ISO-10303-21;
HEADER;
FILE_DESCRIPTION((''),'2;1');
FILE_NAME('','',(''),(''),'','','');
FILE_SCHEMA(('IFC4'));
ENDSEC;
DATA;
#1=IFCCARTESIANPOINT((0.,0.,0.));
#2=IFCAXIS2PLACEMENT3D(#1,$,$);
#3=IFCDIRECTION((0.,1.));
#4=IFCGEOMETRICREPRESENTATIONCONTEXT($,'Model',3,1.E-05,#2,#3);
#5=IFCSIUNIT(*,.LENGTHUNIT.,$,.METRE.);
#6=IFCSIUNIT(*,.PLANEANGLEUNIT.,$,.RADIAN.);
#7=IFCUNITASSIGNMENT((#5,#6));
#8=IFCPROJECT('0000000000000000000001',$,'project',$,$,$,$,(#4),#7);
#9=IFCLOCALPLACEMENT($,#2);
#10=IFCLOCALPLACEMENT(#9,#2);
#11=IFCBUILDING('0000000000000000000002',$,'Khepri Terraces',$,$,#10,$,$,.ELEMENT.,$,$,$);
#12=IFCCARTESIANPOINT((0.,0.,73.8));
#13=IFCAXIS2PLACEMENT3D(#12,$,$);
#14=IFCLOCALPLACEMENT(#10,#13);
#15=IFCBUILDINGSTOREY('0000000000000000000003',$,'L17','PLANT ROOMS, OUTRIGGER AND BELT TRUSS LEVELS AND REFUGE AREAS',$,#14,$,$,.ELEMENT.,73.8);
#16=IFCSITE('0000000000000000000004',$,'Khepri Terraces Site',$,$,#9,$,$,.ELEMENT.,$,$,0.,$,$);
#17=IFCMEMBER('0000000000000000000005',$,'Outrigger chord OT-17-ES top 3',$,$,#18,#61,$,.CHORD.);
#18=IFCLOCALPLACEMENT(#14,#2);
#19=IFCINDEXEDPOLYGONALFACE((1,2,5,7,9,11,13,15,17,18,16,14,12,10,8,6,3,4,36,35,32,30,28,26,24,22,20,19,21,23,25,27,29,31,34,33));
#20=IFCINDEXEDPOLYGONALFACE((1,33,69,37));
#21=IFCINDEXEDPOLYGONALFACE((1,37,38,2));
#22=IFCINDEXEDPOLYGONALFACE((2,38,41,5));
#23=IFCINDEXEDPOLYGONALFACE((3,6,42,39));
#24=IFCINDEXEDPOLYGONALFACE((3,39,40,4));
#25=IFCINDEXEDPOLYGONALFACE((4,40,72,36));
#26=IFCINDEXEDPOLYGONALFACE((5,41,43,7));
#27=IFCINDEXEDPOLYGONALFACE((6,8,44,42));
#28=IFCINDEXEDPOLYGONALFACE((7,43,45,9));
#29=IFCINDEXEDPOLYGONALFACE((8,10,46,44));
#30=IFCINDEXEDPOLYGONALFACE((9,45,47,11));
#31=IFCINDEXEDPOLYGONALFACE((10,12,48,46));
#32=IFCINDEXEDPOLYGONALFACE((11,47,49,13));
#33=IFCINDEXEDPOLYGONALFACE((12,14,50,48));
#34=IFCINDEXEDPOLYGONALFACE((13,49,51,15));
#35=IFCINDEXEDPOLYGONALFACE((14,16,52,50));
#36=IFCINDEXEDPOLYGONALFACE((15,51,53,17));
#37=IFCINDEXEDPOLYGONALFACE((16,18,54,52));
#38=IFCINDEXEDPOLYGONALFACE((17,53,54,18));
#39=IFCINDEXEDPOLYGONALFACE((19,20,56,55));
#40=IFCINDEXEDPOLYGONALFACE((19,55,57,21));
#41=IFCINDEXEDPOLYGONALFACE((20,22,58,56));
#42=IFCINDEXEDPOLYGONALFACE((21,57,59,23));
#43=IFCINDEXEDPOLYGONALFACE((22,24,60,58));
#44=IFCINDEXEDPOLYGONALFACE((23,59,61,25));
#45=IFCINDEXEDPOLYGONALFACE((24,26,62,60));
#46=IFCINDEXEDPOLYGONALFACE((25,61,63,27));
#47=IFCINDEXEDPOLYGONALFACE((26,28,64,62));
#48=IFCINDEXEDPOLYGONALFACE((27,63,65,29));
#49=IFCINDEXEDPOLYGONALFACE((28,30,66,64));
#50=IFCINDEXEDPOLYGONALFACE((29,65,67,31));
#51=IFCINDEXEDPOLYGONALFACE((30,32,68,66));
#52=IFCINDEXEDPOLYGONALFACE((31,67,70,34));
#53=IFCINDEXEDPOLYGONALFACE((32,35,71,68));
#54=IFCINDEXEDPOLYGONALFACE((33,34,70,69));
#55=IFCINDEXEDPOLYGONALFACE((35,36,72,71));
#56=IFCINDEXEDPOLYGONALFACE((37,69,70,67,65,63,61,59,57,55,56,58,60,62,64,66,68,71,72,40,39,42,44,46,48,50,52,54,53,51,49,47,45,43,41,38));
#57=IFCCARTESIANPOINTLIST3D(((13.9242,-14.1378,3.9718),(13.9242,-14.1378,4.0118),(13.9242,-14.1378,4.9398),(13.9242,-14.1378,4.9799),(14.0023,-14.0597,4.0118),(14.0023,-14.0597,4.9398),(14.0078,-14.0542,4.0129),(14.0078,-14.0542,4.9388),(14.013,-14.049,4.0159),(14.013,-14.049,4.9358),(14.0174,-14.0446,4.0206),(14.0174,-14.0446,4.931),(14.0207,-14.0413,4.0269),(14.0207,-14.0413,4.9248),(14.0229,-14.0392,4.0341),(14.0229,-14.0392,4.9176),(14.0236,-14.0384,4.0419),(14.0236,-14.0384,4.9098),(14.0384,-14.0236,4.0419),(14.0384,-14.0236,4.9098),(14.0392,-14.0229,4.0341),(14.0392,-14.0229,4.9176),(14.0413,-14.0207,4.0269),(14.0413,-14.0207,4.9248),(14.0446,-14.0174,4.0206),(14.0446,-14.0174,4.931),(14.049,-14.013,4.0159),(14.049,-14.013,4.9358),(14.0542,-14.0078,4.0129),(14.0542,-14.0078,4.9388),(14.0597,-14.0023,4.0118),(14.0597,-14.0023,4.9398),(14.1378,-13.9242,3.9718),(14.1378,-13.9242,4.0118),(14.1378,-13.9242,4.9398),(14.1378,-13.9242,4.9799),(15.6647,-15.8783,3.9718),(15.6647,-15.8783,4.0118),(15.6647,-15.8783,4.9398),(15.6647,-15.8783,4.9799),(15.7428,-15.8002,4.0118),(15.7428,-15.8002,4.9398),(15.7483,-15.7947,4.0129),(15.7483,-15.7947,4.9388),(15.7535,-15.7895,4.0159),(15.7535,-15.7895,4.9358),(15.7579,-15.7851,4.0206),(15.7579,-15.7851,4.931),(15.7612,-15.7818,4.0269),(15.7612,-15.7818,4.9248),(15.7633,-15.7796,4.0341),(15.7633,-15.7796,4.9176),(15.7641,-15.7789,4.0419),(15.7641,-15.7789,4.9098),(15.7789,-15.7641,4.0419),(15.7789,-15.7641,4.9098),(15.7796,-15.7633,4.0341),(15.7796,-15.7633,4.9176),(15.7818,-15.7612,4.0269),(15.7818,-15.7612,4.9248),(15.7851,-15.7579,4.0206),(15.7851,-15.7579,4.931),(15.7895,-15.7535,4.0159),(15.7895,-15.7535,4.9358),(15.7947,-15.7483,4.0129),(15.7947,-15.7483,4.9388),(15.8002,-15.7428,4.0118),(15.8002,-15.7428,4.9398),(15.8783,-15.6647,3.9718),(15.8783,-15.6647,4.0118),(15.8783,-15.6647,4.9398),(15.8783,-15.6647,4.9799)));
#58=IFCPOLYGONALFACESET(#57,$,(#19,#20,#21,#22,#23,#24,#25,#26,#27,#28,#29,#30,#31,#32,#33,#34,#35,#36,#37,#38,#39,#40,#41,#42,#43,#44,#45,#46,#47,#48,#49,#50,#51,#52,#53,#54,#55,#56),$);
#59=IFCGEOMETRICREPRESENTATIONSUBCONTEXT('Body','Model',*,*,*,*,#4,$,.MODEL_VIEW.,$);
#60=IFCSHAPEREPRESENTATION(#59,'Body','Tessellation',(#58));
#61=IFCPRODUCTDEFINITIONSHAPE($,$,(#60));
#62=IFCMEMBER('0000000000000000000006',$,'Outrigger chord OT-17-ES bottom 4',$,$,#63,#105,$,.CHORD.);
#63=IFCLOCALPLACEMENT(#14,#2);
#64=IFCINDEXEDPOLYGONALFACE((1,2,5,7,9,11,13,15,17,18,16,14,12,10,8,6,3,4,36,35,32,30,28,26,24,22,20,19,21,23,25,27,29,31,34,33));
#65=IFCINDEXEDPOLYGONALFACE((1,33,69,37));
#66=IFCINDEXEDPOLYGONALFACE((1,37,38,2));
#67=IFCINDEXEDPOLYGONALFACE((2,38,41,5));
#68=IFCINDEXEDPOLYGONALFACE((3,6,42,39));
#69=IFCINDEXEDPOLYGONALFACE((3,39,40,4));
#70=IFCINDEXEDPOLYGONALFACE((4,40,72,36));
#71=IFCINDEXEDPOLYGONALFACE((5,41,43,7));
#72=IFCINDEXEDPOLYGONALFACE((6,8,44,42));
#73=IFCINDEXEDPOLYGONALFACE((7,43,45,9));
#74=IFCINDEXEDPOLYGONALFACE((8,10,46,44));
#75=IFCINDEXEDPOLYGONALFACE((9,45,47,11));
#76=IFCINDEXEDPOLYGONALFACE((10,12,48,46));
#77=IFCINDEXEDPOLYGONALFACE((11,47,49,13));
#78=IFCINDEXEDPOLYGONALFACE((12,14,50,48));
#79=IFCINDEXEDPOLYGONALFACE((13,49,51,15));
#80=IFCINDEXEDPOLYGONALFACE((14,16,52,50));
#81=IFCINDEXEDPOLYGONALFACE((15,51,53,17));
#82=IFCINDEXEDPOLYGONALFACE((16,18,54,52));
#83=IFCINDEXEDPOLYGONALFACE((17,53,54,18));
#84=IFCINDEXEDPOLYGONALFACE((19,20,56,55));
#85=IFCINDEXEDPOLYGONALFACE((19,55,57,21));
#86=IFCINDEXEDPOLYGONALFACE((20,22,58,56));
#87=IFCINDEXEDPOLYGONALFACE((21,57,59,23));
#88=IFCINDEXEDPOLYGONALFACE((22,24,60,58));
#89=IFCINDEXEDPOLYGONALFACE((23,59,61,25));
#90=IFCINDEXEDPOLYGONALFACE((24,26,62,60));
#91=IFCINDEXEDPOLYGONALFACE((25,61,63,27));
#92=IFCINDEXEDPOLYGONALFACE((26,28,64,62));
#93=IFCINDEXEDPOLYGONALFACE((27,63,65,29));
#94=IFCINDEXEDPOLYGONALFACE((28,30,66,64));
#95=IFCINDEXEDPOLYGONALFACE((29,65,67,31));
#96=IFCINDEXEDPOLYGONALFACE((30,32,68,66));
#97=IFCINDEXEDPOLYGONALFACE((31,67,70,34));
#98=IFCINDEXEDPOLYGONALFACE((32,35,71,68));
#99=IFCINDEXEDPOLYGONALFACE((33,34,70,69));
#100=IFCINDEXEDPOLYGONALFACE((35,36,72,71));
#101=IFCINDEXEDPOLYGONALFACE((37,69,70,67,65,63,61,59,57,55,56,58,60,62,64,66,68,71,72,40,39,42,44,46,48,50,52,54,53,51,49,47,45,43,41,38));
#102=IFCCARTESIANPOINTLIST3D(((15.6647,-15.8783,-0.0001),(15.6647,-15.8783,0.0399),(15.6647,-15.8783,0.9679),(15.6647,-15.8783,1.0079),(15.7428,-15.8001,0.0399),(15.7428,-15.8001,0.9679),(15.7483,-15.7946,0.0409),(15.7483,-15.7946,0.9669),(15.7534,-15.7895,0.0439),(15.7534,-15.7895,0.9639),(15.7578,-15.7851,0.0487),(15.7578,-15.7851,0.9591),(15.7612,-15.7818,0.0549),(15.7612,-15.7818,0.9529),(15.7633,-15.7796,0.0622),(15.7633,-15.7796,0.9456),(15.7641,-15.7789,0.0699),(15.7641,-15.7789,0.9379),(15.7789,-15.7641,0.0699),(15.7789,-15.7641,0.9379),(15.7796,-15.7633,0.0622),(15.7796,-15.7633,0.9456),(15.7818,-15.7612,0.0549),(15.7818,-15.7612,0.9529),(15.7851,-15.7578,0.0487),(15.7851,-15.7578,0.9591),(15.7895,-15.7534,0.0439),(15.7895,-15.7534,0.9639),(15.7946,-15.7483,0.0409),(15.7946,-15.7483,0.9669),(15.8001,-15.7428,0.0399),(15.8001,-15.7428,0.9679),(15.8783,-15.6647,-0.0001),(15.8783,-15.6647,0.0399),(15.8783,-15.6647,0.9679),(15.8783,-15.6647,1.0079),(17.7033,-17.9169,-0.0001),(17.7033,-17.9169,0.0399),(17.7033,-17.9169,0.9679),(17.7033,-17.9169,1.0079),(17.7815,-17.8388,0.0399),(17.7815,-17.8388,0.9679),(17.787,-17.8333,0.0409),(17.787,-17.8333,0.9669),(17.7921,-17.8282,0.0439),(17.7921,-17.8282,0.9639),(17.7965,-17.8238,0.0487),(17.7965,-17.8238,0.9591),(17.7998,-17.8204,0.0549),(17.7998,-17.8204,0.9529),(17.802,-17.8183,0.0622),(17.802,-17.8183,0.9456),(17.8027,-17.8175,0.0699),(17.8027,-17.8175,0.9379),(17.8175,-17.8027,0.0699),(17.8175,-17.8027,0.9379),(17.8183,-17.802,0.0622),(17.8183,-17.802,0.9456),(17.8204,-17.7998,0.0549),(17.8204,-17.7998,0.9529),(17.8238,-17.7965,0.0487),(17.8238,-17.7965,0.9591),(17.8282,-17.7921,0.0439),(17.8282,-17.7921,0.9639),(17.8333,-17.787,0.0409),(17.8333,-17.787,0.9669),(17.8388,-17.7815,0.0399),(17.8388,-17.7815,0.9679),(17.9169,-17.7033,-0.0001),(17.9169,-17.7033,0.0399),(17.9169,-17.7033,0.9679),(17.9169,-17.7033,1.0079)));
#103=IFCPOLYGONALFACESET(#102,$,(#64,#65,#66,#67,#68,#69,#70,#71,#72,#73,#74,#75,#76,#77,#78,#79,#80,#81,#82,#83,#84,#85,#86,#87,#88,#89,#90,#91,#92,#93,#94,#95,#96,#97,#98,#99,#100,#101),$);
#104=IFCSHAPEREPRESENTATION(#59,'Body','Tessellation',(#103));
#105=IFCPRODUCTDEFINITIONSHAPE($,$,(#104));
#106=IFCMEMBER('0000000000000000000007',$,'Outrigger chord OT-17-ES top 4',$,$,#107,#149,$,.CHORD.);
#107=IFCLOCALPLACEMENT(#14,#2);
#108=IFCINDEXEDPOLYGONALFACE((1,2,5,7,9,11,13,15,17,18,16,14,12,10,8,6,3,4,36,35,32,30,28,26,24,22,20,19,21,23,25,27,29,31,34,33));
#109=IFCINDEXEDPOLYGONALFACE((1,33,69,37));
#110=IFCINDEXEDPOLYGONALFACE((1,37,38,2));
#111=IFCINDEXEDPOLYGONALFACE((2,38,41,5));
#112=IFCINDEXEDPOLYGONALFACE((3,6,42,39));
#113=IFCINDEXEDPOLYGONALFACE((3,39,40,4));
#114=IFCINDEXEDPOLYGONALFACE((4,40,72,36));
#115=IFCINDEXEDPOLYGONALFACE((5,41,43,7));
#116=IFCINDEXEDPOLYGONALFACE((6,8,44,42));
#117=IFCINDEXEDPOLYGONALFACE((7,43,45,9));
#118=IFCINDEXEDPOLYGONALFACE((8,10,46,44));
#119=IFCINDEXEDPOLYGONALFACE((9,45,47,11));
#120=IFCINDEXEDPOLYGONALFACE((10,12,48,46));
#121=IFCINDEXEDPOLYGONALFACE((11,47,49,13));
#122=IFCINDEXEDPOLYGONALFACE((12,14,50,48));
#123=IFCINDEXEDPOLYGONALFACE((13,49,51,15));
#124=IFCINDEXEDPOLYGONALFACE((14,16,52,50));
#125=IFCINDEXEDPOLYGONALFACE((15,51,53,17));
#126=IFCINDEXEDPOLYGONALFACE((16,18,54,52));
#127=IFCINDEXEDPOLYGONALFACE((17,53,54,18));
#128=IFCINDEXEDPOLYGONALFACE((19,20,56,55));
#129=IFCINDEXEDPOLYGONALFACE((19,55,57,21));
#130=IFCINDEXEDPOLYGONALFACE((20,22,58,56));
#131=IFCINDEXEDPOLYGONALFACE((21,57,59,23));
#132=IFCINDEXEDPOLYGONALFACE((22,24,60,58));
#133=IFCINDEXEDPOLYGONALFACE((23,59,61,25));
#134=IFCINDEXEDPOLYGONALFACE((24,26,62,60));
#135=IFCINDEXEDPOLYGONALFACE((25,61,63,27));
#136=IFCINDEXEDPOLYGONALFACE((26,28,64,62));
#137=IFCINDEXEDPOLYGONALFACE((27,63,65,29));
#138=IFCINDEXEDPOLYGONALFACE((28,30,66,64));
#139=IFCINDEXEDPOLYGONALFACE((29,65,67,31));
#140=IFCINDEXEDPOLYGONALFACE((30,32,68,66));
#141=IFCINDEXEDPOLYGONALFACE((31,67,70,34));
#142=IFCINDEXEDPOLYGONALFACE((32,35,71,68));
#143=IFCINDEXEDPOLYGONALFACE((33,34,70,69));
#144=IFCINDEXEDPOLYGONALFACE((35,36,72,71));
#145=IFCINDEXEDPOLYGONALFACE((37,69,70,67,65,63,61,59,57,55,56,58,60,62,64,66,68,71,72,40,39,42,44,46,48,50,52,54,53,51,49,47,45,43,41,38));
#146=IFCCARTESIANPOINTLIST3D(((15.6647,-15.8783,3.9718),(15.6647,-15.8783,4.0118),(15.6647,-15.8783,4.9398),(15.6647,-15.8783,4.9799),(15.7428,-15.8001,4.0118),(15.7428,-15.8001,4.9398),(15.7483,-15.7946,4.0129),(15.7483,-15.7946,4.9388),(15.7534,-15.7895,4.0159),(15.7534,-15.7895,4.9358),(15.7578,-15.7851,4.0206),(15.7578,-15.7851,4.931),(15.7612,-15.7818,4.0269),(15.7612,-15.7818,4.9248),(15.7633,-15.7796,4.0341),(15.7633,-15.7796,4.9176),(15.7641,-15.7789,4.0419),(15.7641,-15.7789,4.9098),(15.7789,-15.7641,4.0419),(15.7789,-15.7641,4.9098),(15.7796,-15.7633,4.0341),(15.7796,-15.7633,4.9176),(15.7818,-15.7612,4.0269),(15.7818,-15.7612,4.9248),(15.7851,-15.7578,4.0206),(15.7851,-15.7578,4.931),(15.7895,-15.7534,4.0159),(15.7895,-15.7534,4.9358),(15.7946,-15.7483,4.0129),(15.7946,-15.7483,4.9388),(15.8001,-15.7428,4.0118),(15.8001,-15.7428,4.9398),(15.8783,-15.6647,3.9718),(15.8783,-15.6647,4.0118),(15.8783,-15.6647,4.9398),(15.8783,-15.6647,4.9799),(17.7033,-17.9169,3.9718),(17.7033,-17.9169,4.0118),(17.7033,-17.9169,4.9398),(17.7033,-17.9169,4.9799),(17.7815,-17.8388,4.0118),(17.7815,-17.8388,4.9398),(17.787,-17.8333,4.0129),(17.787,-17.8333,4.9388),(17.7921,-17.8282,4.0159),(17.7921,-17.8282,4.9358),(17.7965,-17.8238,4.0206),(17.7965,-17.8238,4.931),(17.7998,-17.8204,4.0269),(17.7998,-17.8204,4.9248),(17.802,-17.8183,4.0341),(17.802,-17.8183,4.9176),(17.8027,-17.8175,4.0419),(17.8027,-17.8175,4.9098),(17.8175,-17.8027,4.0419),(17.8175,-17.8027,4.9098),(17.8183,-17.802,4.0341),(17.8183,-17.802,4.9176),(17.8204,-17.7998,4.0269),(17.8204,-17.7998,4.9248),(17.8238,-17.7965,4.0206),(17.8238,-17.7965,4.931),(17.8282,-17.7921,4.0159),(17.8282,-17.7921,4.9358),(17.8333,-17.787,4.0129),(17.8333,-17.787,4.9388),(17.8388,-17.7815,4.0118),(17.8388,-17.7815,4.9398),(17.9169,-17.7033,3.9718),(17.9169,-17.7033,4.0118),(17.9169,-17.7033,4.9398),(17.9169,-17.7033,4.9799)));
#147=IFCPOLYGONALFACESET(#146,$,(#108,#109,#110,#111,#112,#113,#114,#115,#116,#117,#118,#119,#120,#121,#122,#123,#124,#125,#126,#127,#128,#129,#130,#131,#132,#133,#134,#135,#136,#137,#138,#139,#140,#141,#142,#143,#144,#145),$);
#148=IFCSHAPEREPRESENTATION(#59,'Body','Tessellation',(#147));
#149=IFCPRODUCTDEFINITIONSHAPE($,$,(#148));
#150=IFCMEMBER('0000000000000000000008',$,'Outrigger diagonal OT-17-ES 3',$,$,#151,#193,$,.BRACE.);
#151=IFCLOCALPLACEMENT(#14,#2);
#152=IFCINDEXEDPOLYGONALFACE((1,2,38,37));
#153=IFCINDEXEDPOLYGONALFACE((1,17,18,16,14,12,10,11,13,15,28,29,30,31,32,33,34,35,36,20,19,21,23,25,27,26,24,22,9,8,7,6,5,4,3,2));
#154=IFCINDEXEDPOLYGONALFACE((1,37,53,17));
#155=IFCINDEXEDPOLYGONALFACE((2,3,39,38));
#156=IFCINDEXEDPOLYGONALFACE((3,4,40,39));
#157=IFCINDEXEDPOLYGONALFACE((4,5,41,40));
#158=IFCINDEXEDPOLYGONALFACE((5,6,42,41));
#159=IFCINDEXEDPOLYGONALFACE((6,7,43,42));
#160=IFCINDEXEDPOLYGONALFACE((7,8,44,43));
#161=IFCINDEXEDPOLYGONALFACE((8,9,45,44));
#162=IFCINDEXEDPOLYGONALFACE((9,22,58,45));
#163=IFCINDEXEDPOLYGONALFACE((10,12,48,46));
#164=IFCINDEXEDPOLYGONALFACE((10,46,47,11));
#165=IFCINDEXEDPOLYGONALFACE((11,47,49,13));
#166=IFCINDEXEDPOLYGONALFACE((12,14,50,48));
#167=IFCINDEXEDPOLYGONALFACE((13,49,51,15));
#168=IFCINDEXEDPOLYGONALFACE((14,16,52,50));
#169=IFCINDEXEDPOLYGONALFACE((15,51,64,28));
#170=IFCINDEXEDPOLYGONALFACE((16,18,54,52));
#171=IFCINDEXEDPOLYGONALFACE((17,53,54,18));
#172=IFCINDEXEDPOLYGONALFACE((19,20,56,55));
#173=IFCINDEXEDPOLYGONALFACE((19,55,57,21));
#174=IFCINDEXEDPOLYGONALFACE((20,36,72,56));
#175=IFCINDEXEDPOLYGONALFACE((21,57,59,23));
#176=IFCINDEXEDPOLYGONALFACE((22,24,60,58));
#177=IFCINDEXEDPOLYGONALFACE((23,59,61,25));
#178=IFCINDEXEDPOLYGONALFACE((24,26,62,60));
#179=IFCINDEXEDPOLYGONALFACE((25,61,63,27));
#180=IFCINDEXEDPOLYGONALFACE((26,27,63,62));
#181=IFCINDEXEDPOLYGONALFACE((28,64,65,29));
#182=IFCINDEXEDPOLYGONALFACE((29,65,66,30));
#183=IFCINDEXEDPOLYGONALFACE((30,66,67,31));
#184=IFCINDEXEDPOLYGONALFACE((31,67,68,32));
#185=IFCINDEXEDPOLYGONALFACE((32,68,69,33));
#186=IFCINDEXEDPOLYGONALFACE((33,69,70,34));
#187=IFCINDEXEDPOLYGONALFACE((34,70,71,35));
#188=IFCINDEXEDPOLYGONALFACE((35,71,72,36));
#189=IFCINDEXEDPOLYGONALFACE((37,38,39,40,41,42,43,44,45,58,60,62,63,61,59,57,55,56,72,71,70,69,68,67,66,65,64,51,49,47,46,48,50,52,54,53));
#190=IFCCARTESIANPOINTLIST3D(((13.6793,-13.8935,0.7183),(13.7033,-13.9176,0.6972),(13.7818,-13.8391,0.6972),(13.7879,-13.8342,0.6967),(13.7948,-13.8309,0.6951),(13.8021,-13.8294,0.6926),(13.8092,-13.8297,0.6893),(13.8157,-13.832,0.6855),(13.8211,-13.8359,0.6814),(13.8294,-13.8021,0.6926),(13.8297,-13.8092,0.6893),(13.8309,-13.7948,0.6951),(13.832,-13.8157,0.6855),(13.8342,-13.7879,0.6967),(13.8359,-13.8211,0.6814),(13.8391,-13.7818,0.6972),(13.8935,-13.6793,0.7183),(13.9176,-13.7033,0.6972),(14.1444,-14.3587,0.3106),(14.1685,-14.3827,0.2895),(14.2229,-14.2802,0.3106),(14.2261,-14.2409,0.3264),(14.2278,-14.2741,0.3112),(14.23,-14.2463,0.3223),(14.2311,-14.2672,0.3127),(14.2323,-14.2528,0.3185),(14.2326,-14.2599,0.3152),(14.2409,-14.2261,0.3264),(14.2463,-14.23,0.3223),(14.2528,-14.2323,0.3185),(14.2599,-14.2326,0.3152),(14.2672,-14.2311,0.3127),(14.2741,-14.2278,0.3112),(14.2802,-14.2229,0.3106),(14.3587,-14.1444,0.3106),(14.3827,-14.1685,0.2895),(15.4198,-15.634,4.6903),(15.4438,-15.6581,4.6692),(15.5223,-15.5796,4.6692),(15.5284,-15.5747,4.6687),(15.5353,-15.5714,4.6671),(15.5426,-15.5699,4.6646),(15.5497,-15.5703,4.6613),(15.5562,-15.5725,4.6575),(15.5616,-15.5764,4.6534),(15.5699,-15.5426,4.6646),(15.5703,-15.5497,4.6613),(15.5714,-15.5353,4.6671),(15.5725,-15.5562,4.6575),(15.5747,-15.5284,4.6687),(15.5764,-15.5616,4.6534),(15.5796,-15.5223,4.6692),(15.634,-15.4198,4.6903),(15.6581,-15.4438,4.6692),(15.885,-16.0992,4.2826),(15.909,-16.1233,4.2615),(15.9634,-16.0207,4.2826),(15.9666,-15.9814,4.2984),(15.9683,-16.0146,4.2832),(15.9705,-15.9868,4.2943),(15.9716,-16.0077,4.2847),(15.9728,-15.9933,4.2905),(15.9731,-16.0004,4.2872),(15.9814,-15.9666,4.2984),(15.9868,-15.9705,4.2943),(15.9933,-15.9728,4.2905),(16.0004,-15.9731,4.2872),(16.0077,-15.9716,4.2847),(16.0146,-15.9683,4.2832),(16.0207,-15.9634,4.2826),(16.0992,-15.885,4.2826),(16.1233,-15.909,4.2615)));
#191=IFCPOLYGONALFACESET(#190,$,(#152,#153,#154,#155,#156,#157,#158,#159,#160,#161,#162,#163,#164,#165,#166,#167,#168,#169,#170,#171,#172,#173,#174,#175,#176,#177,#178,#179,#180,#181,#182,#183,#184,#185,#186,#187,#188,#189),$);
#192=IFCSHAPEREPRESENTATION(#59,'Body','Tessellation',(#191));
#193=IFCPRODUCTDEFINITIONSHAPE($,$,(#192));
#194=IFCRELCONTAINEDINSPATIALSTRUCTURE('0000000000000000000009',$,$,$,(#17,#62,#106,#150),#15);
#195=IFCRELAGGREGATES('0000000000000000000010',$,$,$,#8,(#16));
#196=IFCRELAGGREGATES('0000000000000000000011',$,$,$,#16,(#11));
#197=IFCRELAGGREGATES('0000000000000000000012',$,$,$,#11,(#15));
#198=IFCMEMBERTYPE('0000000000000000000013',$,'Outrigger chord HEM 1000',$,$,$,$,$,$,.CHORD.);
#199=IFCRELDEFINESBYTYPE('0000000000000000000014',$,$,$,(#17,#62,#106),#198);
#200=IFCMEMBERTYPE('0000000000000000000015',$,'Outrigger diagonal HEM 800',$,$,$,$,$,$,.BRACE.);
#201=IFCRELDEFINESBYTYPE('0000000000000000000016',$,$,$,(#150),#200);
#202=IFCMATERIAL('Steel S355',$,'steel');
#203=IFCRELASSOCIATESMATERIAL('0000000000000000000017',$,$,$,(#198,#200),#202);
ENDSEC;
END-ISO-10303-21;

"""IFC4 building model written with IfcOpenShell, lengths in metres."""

from ifc_helpers import new_model, si_unit, direction, frame, origin, origin_2d, place, context, subcontext, project, spatial, i_section, extrude, material, material_profile, profile_set, type_object, element, save


model = new_model("IFC4")

# Units and contexts
model_context = context("Model", 3, precision=1e-05, world=origin(), true_north=direction((0.0, 1.0)))
body_context = subcontext(model_context, "Body", "Model", "MODEL_VIEW")
ifc_project = project(units=[si_unit("LENGTHUNIT", "METRE"), si_unit("PLANEANGLEUNIT", "RADIAN")], contexts=[model_context])

# Site, building, storey
site_placement = place(None, origin())
site = spatial("IfcSite", under=ifc_project, at=site_placement, Name="Khepri Terraces Site", CompositionType="ELEMENT", RefElevation=0.0)
building_placement = place(site_placement, origin())
building = spatial("IfcBuilding", under=site, at=building_placement, Name="Khepri Terraces", CompositionType="ELEMENT")
storey_placement = place(building_placement, frame((0.0, 0.0, 73.8)))
storey = spatial("IfcBuildingStorey", under=building, at=storey_placement, Name="L17", Description="PLANT ROOMS, OUTRIGGER AND BELT TRUSS LEVELS AND REFUGE AREAS", CompositionType="ELEMENT", Elevation=73.8)

# Members
ifc_material_1 = material(Name="Steel S355", Category="steel")
ifc_material_profile_1 = material_profile(ifc_material_1, i_section(OverallWidth=0.302, OverallDepth=1.0081, WebThickness=0.021, FlangeThickness=0.04, FilletRadius=0.03, at=origin_2d()), Name="Steel S355", Category="steel")
ifc_profile_set_1 = profile_set([ifc_material_profile_1], Name="Steel S355")
member_type_1 = type_object("IfcMemberType", Name="Outrigger chord HEM 1000", PredefinedType="CHORD", material=ifc_profile_set_1)
for number, where, z_axis, x_axis, name in (
    (1, (14.031, -14.031, 4.4758), (0.707107, -0.707107, 0.0), (0.707107, 0.707107, 0.0), "Outrigger chord OT-17-ES top 3"),
):
    element("IfcMember", number, at=place(storey_placement, frame(where, z_axis=z_axis, x_axis=x_axis)), inside=storey, type_object=member_type_1, Name=name, PredefinedType="CHORD", context=body_context, shape_type="SweptSolid", body=[
        extrude(i_section(OverallWidth=0.302, OverallDepth=1.0081, WebThickness=0.021, FlangeThickness=0.04, FilletRadius=0.03, at=origin_2d()), origin(), (0.0, 0.0, 1.0), 2.4614),
    ])
for number, where, z_axis, x_axis, name in (
    (2, (15.7715, -15.7715, 0.5039), (0.707107, -0.707107, 0.0), (0.707107, 0.707107, 0.0), "Outrigger chord OT-17-ES bottom 4"),
    (3, (15.7715, -15.7715, 4.4758), (0.707107, -0.707107, 0.0), (0.707107, 0.707107, 0.0), "Outrigger chord OT-17-ES top 4"),
):
    element("IfcMember", number, at=place(storey_placement, frame(where, z_axis=z_axis, x_axis=x_axis)), inside=storey, type_object=member_type_1, Name=name, PredefinedType="CHORD", context=body_context, shape_type="SweptSolid", body=[
        extrude(i_section(OverallWidth=0.302, OverallDepth=1.0081, WebThickness=0.021, FlangeThickness=0.04, FilletRadius=0.03, at=origin_2d()), origin(), (0.0, 0.0, 1.0), 2.8831),
    ])
ifc_material_profile_2 = material_profile(ifc_material_1, i_section(OverallWidth=0.303, OverallDepth=0.814, WebThickness=0.021, FlangeThickness=0.04, FilletRadius=0.03, at=origin_2d()), Name="Steel S355", Category="steel")
ifc_profile_set_2 = profile_set([ifc_material_profile_2], Name="Steel S355")
member_type_2 = type_object("IfcMemberType", Name="Outrigger diagonal HEM 800", PredefinedType="BRACE", material=ifc_profile_set_2)
member_1_placement = place(storey_placement, frame((14.031, -14.031, 0.5039), z_axis=(0.372473, -0.372473, 0.850016), x_axis=(0.707107, 0.707107, 0.0)))
element("IfcMember", 4, at=member_1_placement, inside=storey, type_object=member_type_2, Name="Outrigger diagonal OT-17-ES 3", PredefinedType="BRACE", context=body_context, shape_type="SweptSolid", body=[
    extrude(i_section(OverallWidth=0.303, OverallDepth=0.814, WebThickness=0.021, FlangeThickness=0.04, FilletRadius=0.03, at=origin_2d()), origin(), (0.0, 0.0, 1.0), 4.6729),
])

save(model, "model.ifc")
